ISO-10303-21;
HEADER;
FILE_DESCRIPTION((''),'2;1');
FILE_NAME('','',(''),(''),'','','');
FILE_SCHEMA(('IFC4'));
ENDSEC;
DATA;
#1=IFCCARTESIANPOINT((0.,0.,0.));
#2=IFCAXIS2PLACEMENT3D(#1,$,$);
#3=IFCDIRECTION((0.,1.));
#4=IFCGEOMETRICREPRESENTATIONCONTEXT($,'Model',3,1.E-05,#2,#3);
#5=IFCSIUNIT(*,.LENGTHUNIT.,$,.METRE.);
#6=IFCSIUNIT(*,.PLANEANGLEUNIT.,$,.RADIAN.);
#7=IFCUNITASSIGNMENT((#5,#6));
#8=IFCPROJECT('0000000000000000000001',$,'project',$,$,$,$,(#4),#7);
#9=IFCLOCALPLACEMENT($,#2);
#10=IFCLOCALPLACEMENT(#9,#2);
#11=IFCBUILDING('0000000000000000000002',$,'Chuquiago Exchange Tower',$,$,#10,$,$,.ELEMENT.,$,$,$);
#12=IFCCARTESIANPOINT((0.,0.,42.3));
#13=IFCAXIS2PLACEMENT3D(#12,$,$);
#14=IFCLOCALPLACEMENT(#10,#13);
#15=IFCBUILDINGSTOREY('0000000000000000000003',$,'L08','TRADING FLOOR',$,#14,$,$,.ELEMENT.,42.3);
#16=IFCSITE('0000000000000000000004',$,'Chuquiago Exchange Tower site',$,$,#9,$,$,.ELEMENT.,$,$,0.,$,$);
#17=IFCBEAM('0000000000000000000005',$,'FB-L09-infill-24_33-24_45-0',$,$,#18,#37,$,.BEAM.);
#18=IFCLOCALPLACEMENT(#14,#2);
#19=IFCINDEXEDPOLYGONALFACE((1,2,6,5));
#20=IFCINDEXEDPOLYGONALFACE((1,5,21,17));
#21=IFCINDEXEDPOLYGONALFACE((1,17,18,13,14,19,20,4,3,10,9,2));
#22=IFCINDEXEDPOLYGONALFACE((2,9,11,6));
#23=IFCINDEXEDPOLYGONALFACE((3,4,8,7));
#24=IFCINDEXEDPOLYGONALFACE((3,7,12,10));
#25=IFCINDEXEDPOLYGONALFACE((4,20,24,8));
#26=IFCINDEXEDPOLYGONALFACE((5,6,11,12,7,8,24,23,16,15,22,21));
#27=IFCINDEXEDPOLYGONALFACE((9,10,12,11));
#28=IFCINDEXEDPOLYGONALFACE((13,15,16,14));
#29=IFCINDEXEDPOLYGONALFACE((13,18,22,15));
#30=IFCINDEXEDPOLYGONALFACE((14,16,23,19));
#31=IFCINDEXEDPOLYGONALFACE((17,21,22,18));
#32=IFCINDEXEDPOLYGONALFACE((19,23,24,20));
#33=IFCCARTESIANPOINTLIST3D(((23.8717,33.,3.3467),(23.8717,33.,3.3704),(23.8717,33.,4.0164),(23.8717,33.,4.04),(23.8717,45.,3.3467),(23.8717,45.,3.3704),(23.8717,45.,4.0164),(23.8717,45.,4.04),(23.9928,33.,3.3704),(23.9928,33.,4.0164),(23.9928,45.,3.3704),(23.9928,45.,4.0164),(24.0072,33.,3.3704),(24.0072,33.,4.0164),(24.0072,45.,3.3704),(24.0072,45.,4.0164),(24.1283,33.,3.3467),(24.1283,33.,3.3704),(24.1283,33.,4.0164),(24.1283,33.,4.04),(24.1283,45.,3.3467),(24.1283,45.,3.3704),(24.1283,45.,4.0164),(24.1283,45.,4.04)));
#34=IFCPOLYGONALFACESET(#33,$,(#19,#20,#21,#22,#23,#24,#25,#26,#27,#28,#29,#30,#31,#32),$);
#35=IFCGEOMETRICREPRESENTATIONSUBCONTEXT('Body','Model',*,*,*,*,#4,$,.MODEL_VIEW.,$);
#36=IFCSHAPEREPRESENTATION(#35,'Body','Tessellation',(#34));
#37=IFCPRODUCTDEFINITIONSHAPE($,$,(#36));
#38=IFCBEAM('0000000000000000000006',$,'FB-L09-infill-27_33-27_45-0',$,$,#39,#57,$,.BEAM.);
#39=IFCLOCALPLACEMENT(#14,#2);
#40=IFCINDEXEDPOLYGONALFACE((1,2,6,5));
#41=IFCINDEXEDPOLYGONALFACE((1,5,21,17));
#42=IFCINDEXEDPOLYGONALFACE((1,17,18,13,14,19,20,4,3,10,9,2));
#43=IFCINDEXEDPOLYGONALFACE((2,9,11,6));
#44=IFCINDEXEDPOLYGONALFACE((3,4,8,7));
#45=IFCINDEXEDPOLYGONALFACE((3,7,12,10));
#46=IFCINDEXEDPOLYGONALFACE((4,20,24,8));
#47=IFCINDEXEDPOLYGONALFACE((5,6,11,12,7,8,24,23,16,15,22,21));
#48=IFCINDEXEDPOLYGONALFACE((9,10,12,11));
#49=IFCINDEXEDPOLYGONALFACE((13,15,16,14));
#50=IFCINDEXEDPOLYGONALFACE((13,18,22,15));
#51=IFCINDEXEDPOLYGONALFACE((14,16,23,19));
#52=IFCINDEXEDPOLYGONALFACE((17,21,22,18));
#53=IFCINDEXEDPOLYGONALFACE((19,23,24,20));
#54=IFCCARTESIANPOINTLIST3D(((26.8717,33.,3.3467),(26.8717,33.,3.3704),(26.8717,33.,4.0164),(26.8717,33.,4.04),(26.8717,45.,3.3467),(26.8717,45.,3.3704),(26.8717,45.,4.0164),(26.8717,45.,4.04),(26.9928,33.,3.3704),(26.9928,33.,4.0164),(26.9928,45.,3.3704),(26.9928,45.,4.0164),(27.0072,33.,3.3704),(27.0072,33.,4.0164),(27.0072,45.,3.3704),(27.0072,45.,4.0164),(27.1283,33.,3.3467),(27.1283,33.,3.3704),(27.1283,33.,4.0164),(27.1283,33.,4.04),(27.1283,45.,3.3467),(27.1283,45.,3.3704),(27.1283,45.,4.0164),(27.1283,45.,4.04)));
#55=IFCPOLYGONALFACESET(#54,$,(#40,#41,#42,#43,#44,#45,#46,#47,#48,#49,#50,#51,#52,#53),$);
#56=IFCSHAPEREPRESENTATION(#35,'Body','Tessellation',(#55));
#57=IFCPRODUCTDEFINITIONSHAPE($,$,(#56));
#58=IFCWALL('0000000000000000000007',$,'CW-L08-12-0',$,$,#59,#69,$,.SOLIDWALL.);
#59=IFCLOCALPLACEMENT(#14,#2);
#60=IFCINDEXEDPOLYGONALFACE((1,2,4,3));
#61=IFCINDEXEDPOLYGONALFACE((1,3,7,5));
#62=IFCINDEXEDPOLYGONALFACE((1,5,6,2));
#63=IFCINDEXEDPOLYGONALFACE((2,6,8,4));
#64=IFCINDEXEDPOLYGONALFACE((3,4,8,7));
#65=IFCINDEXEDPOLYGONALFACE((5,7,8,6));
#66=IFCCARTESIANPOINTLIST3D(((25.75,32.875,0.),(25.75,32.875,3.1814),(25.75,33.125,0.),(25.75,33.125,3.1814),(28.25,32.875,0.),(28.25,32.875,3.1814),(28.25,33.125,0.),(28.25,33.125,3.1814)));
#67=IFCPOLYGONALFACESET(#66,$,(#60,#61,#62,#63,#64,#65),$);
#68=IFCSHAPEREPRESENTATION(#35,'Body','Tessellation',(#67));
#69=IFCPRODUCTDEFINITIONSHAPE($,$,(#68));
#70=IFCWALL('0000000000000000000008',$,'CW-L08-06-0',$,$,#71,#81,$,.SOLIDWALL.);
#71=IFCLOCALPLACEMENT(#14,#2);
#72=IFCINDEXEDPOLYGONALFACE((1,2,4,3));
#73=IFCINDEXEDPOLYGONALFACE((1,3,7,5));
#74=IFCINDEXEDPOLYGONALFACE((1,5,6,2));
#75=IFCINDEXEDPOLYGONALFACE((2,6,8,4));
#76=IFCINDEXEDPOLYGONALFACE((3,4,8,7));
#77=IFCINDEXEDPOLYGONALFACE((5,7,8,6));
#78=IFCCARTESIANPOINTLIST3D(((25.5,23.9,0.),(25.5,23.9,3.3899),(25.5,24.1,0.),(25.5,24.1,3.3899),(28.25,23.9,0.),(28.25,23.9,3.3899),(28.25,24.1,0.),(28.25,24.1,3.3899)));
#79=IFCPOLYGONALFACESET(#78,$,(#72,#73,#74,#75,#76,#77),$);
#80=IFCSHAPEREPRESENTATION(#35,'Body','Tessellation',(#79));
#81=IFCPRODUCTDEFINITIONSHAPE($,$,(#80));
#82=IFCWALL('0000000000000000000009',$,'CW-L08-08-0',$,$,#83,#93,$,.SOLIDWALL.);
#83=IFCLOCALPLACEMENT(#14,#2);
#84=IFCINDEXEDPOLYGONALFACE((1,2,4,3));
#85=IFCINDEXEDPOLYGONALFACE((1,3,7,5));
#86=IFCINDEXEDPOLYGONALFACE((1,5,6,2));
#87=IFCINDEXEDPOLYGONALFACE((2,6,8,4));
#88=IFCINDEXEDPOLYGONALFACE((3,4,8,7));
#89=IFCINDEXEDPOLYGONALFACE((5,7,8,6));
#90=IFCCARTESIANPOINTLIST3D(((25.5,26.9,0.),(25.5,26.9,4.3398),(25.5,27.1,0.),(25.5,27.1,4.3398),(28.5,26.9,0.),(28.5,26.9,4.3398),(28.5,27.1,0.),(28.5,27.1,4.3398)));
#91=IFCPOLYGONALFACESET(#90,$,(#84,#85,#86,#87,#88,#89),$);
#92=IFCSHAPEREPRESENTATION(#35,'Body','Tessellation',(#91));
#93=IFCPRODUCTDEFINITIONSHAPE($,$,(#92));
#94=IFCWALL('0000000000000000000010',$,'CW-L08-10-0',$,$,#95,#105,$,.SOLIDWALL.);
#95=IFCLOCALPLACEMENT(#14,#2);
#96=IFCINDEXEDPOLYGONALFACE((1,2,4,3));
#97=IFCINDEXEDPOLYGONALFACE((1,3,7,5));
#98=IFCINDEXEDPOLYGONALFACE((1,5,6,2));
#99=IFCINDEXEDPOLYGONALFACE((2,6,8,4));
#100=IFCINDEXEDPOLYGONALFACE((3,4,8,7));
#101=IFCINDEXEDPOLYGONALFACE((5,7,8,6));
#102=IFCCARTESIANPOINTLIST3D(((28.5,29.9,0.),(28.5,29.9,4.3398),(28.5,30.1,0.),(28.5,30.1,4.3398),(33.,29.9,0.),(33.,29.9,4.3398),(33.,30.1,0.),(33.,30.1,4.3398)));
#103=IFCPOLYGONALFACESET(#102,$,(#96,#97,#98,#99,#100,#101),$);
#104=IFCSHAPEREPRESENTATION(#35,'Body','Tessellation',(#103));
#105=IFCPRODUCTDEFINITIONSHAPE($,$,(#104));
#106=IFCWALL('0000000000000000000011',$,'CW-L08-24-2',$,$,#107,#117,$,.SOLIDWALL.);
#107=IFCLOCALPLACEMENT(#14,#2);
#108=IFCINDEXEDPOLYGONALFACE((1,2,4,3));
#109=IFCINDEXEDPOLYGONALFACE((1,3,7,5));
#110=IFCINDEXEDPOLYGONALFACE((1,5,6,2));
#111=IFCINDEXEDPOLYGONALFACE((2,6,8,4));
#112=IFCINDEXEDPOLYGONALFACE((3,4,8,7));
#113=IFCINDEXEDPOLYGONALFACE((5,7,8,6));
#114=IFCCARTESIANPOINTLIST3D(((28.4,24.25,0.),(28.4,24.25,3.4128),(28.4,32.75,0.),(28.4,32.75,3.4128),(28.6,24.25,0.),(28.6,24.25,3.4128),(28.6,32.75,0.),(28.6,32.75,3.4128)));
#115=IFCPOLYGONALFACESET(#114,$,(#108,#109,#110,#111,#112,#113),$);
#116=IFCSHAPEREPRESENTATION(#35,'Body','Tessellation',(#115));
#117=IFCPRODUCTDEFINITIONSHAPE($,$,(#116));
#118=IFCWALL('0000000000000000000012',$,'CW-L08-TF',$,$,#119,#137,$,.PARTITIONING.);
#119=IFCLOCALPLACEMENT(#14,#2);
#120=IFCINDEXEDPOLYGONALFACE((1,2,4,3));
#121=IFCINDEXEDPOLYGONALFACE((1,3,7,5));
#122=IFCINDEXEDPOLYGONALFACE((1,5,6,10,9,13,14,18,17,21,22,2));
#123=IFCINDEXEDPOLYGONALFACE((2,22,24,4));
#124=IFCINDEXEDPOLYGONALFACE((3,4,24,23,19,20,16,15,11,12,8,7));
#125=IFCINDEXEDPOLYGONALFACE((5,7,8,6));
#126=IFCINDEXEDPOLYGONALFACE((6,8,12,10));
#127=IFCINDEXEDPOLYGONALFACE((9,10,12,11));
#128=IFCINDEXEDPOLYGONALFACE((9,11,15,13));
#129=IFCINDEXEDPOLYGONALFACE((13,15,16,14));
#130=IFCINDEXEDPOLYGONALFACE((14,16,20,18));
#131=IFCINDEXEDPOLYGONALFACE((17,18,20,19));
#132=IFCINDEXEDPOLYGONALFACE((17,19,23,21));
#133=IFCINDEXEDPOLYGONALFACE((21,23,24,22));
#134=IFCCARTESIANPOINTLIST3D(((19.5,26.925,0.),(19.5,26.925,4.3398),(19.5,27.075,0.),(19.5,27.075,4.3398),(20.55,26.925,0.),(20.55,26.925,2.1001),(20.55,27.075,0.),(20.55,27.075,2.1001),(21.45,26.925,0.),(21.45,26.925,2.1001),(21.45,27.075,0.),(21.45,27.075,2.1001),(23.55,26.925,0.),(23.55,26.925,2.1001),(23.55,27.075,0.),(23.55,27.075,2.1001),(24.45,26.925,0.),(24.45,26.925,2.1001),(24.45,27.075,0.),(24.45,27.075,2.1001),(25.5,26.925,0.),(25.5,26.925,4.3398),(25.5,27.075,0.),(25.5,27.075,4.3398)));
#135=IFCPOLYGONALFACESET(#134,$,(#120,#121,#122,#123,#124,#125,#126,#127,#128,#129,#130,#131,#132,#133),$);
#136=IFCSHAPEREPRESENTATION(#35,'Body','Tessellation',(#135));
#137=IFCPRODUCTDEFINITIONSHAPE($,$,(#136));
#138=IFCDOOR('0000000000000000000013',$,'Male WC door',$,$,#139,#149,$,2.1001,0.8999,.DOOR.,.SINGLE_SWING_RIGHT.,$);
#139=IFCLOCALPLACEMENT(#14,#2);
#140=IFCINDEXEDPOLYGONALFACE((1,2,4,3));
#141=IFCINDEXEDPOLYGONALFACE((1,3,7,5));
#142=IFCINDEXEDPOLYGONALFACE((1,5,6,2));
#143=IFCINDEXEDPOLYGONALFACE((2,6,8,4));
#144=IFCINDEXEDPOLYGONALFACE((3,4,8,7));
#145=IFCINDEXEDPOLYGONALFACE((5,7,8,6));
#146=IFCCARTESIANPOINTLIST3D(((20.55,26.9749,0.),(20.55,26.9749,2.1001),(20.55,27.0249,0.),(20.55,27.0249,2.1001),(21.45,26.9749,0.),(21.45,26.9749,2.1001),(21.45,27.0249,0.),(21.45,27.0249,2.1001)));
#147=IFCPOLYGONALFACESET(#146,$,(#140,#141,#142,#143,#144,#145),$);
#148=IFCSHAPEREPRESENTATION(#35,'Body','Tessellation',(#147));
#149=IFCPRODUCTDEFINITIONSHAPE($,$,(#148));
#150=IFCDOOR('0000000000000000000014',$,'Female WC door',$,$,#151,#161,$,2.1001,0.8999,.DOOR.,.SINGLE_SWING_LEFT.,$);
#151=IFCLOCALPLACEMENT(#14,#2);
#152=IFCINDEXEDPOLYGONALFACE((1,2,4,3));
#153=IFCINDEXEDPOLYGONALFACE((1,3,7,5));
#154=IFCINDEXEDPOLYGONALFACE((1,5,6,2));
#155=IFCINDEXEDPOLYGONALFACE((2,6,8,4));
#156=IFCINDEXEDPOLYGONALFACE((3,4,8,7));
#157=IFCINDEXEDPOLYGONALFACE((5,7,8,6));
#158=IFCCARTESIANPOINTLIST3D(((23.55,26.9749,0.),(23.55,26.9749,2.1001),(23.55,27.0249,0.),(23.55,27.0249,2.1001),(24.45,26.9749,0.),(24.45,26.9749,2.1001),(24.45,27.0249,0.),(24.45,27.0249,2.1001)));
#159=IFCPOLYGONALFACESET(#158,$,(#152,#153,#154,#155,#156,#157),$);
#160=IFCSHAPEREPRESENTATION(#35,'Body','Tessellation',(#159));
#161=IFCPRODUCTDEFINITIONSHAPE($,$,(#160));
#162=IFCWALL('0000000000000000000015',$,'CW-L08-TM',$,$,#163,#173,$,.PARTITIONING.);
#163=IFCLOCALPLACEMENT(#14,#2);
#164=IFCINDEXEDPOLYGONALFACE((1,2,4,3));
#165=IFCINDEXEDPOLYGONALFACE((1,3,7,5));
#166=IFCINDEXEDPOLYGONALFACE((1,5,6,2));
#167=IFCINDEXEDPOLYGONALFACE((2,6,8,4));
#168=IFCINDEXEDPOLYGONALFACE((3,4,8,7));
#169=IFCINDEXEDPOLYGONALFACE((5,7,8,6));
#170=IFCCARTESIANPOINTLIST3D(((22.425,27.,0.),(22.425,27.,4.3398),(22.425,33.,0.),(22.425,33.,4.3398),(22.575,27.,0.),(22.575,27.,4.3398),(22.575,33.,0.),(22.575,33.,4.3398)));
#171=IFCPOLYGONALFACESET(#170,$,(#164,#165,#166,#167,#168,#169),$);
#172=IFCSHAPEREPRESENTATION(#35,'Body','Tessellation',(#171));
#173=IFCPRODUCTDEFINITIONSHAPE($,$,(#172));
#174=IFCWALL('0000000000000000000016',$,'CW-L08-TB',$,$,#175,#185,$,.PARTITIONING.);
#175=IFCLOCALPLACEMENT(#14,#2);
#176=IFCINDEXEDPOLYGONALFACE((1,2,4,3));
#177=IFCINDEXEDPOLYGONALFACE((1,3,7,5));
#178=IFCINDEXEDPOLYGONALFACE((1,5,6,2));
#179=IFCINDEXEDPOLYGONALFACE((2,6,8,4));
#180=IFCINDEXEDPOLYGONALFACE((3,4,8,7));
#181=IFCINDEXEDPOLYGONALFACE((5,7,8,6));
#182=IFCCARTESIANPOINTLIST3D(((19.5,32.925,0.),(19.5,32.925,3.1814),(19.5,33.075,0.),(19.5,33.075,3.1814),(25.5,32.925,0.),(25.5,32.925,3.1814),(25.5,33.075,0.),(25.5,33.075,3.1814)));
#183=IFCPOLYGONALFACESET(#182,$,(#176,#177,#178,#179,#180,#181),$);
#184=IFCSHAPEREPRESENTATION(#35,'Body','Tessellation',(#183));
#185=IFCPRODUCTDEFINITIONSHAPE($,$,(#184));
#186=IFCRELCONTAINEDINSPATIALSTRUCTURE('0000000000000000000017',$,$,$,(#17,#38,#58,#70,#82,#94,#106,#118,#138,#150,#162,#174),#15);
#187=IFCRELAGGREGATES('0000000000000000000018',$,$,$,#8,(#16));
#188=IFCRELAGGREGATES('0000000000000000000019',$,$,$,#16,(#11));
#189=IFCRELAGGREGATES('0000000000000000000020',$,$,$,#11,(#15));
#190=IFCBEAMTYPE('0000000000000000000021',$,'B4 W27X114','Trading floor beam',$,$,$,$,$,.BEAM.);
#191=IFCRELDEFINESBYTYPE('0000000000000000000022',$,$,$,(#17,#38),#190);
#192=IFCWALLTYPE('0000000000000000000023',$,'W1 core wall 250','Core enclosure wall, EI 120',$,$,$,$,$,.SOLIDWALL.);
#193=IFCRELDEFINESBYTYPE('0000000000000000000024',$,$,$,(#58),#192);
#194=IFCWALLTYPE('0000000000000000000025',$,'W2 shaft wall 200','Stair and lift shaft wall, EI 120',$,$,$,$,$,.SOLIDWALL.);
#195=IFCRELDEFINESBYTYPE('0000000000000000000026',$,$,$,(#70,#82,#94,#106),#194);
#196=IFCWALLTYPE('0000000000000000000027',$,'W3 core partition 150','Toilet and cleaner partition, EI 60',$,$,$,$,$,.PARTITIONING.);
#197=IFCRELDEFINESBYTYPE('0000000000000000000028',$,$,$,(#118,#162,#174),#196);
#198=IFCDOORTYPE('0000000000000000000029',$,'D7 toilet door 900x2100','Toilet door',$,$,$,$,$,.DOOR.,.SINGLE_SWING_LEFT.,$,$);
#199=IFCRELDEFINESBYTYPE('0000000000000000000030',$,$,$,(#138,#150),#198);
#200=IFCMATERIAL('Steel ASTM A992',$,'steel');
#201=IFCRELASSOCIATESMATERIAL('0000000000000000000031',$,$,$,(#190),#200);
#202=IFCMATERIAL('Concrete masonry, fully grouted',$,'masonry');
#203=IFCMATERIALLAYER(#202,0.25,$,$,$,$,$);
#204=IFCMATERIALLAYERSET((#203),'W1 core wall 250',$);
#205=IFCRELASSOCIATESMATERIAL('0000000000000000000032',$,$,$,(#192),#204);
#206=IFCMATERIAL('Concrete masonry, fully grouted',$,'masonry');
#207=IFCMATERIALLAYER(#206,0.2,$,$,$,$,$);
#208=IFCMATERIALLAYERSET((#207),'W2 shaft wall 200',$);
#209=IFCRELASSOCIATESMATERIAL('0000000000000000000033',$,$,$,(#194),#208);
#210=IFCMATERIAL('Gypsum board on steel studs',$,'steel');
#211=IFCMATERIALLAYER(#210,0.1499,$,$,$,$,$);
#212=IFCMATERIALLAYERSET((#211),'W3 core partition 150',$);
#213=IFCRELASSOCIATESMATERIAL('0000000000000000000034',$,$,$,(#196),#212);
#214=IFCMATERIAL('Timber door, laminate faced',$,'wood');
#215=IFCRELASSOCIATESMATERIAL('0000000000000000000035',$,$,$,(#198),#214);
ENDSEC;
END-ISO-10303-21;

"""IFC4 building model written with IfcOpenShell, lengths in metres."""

from ifc_helpers import new_model, si_unit, direction, frame, frame_2d, origin, origin_2d, place, context, subcontext, project, spatial, rectangle, i_section, extrude, material, layer, layer_set, material_profile, profile_set, type_object, element, fill, save


model = new_model("IFC4")

# Units and contexts
model_context = context("Model", 3, precision=1e-05, world=origin(), true_north=direction((0.0, 1.0)))
body_context = subcontext(model_context, "Body", "Model", "MODEL_VIEW")
ifc_project = project(units=[si_unit("LENGTHUNIT", "METRE"), si_unit("PLANEANGLEUNIT", "RADIAN")], contexts=[model_context])

# Site, building, storey
site_placement = place(None, origin())
site = spatial("IfcSite", under=ifc_project, at=site_placement, Name="Chuquiago Exchange Tower site", CompositionType="ELEMENT", RefElevation=0.0)
building_placement = place(site_placement, origin())
building = spatial("IfcBuilding", under=site, at=building_placement, Name="Chuquiago Exchange Tower", CompositionType="ELEMENT")
storey_placement = place(building_placement, frame((0.0, 0.0, 42.3)))
storey = spatial("IfcBuildingStorey", under=building, at=storey_placement, Name="L08", Description="TRADING FLOOR", CompositionType="ELEMENT", Elevation=42.3)

# Beams
ifc_material_1 = material(Name="Steel ASTM A992", Category="steel")
ifc_material_profile_1 = material_profile(ifc_material_1, i_section(OverallWidth=0.2566, OverallDepth=0.6934, WebThickness=0.0144, FlangeThickness=0.0237, at=origin_2d()), Name="W27X114")
ifc_profile_set_1 = profile_set([ifc_material_profile_1], Name="Steel ASTM A992")
beam_type_1 = type_object("IfcBeamType", Name="B4 W27X114", Description="Trading floor beam", PredefinedType="BEAM", material=ifc_profile_set_1)
for number, where, z_axis, x_axis, name in (
    (1, (24.0, 33.0, 3.6934), (0.0, 1.0, 0.0), (-1.0, 0.0, 0.0), "FB-L09-infill-24_33-24_45-0"),
    (2, (27.0, 33.0, 3.6934), (0.0, 1.0, 0.0), (-1.0, 0.0, 0.0), "FB-L09-infill-27_33-27_45-0"),
):
    element("IfcBeam", number, at=place(storey_placement, frame(where, z_axis=z_axis, x_axis=x_axis)), inside=storey, type_object=beam_type_1, Name=name, PredefinedType="BEAM", context=body_context, shape_type="SweptSolid", body=[
        extrude(i_section(OverallWidth=0.2566, OverallDepth=0.6934, WebThickness=0.0144, FlangeThickness=0.0237, at=origin_2d()), origin(), (0.0, 0.0, 1.0), 12.0),
    ])

# Walls
ifc_material_2 = material(Name="Concrete masonry, fully grouted", Category="masonry")
ifc_layer_1 = layer(ifc_material_2, 0.25)
ifc_layer_set_1 = layer_set([ifc_layer_1], Name="W1 core wall 250")
wall_type_1 = type_object("IfcWallType", Name="W1 core wall 250", Description="Core enclosure wall, EI 120", PredefinedType="SOLIDWALL", material=ifc_layer_set_1)
wall_1_placement = place(storey_placement, frame((25.75, 33.0, 0.0), z_axis=(0.0, 0.0, 1.0), x_axis=(1.0, 0.0, 0.0)))
element("IfcWall", 3, at=wall_1_placement, inside=storey, type_object=wall_type_1, Name="CW-L08-12-0", PredefinedType="SOLIDWALL", context=body_context, shape_type="SweptSolid", body=[
    extrude(rectangle(XDim=2.5, YDim=0.25, at=frame_2d((1.25, 0.0))), origin(), (0.0, 0.0, 1.0), 3.1814),
])
ifc_material_3 = material(Name="Concrete masonry, fully grouted", Category="masonry")
ifc_layer_2 = layer(ifc_material_3, 0.2)
ifc_layer_set_2 = layer_set([ifc_layer_2], Name="W2 shaft wall 200")
wall_type_2 = type_object("IfcWallType", Name="W2 shaft wall 200", Description="Stair and lift shaft wall, EI 120", PredefinedType="SOLIDWALL", material=ifc_layer_set_2)
wall_2_placement = place(storey_placement, frame((25.5, 24.0, 0.0), z_axis=(0.0, 0.0, 1.0), x_axis=(1.0, 0.0, 0.0)))
element("IfcWall", 4, at=wall_2_placement, inside=storey, type_object=wall_type_2, Name="CW-L08-06-0", PredefinedType="SOLIDWALL", context=body_context, shape_type="SweptSolid", body=[
    extrude(rectangle(XDim=2.75, YDim=0.2, at=frame_2d((1.375, 0.0))), origin(), (0.0, 0.0, 1.0), 3.3899),
])
wall_3_placement = place(storey_placement, frame((25.5, 27.0, 0.0), z_axis=(0.0, 0.0, 1.0), x_axis=(1.0, 0.0, 0.0)))
element("IfcWall", 5, at=wall_3_placement, inside=storey, type_object=wall_type_2, Name="CW-L08-08-0", PredefinedType="SOLIDWALL", context=body_context, shape_type="SweptSolid", body=[
    extrude(rectangle(XDim=3.0, YDim=0.2, at=frame_2d((1.5, 0.0))), origin(), (0.0, 0.0, 1.0), 4.3398),
])
wall_4_placement = place(storey_placement, frame((28.5, 30.0, 0.0), z_axis=(0.0, 0.0, 1.0), x_axis=(1.0, 0.0, 0.0)))
element("IfcWall", 6, at=wall_4_placement, inside=storey, type_object=wall_type_2, Name="CW-L08-10-0", PredefinedType="SOLIDWALL", context=body_context, shape_type="SweptSolid", body=[
    extrude(rectangle(XDim=4.5, YDim=0.2, at=frame_2d((2.25, 0.0))), origin(), (0.0, 0.0, 1.0), 4.3398),
])
wall_5_placement = place(storey_placement, frame((28.5, 24.25, 0.0), z_axis=(0.0, 0.0, 1.0), x_axis=(0.0, 1.0, 0.0)))
element("IfcWall", 7, at=wall_5_placement, inside=storey, type_object=wall_type_2, Name="CW-L08-24-2", PredefinedType="SOLIDWALL", context=body_context, shape_type="SweptSolid", body=[
    extrude(rectangle(XDim=8.5, YDim=0.2, at=frame_2d((4.25, 0.0))), origin(), (0.0, 0.0, 1.0), 3.4128),
])

# Wall, openings, doors
ifc_material_4 = material(Name="Gypsum board on steel studs", Category="steel")
ifc_layer_3 = layer(ifc_material_4, 0.1499)
ifc_layer_set_3 = layer_set([ifc_layer_3], Name="W3 core partition 150")
wall_type_3 = type_object("IfcWallType", Name="W3 core partition 150", Description="Toilet and cleaner partition, EI 60", PredefinedType="PARTITIONING", material=ifc_layer_set_3)
wall_6_placement = place(storey_placement, frame((19.5, 27.0, 0.0), z_axis=(0.0, 0.0, 1.0), x_axis=(1.0, 0.0, 0.0)))
wall_6 = element("IfcWall", 8, at=wall_6_placement, inside=storey, type_object=wall_type_3, Name="CW-L08-TF", PredefinedType="PARTITIONING", context=body_context, shape_type="SweptSolid", body=[
    extrude(rectangle(XDim=6.0, YDim=0.1499, at=frame_2d((3.0, 0.0))), origin(), (0.0, 0.0, 1.0), 4.3398),
])
opening_1_placement = place(wall_6_placement, frame((1.05, 0.0, 0.0)))
opening_1 = element("IfcOpeningElement", 9, at=opening_1_placement, cuts=wall_6, PredefinedType="OPENING", context=body_context, shape_type="SweptSolid", body=[
    extrude(rectangle(XDim=0.8999, YDim=2.1001, at=frame_2d((0.45, 1.05))), frame((0.0, 0.085, 0.0), z_axis=(0.0, -1.0, 0.0), x_axis=(1.0, 0.0, 0.0)), (0.0, 0.0, 1.0), 0.1699),
])
opening_2_placement = place(wall_6_placement, frame((4.05, 0.0, 0.0)))
opening_2 = element("IfcOpeningElement", 10, at=opening_2_placement, cuts=wall_6, PredefinedType="OPENING", context=body_context, shape_type="SweptSolid", body=[
    extrude(rectangle(XDim=0.8999, YDim=2.1001, at=frame_2d((0.45, 1.05))), frame((0.0, 0.085, 0.0), z_axis=(0.0, -1.0, 0.0), x_axis=(1.0, 0.0, 0.0)), (0.0, 0.0, 1.0), 0.1699),
])
ifc_material_5 = material(Name="Timber door, laminate faced", Category="wood")
door_type = type_object("IfcDoorType", Name="D7 toilet door 900x2100", Description="Toilet door", OperationType="SINGLE_SWING_LEFT", PredefinedType="DOOR", material=ifc_material_5)
door_1_placement = place(opening_1_placement, origin())
door_1 = element("IfcDoor", 11, at=door_1_placement, inside=storey, type_object=door_type, Name="Male WC door", OperationType="SINGLE_SWING_RIGHT", OverallHeight=2.1001, OverallWidth=0.8999, PredefinedType="DOOR", context=body_context, shape_type="SweptSolid", body=[
    extrude(rectangle(XDim=0.8999, YDim=2.1001, at=frame_2d((0.45, 1.05))), frame((0.0, 0.0249, 0.0), z_axis=(0.0, -1.0, 0.0), x_axis=(1.0, 0.0, 0.0)), (0.0, 0.0, 1.0), 0.05),
])
fill(opening_1, door_1)
door_2_placement = place(opening_2_placement, origin())
door_2 = element("IfcDoor", 12, at=door_2_placement, inside=storey, type_object=door_type, Name="Female WC door", OperationType="SINGLE_SWING_LEFT", OverallHeight=2.1001, OverallWidth=0.8999, PredefinedType="DOOR", context=body_context, shape_type="SweptSolid", body=[
    extrude(rectangle(XDim=0.8999, YDim=2.1001, at=frame_2d((0.45, 1.05))), frame((0.0, 0.0249, 0.0), z_axis=(0.0, -1.0, 0.0), x_axis=(1.0, 0.0, 0.0)), (0.0, 0.0, 1.0), 0.05),
])
fill(opening_2, door_2)

# Walls
wall_7_placement = place(storey_placement, frame((22.5, 27.0, 0.0), z_axis=(0.0, 0.0, 1.0), x_axis=(0.0, 1.0, 0.0)))
element("IfcWall", 13, at=wall_7_placement, inside=storey, type_object=wall_type_3, Name="CW-L08-TM", PredefinedType="PARTITIONING", context=body_context, shape_type="SweptSolid", body=[
    extrude(rectangle(XDim=6.0, YDim=0.1499, at=frame_2d((3.0, 0.0))), origin(), (0.0, 0.0, 1.0), 4.3398),
])
wall_8_placement = place(storey_placement, frame((19.5, 33.0, 0.0), z_axis=(0.0, 0.0, 1.0), x_axis=(1.0, 0.0, 0.0)))
element("IfcWall", 14, at=wall_8_placement, inside=storey, type_object=wall_type_3, Name="CW-L08-TB", PredefinedType="PARTITIONING", context=body_context, shape_type="SweptSolid", body=[
    extrude(rectangle(XDim=6.0, YDim=0.1499, at=frame_2d((3.0, 0.0))), origin(), (0.0, 0.0, 1.0), 3.1814),
])

save(model, "model.ifc")
